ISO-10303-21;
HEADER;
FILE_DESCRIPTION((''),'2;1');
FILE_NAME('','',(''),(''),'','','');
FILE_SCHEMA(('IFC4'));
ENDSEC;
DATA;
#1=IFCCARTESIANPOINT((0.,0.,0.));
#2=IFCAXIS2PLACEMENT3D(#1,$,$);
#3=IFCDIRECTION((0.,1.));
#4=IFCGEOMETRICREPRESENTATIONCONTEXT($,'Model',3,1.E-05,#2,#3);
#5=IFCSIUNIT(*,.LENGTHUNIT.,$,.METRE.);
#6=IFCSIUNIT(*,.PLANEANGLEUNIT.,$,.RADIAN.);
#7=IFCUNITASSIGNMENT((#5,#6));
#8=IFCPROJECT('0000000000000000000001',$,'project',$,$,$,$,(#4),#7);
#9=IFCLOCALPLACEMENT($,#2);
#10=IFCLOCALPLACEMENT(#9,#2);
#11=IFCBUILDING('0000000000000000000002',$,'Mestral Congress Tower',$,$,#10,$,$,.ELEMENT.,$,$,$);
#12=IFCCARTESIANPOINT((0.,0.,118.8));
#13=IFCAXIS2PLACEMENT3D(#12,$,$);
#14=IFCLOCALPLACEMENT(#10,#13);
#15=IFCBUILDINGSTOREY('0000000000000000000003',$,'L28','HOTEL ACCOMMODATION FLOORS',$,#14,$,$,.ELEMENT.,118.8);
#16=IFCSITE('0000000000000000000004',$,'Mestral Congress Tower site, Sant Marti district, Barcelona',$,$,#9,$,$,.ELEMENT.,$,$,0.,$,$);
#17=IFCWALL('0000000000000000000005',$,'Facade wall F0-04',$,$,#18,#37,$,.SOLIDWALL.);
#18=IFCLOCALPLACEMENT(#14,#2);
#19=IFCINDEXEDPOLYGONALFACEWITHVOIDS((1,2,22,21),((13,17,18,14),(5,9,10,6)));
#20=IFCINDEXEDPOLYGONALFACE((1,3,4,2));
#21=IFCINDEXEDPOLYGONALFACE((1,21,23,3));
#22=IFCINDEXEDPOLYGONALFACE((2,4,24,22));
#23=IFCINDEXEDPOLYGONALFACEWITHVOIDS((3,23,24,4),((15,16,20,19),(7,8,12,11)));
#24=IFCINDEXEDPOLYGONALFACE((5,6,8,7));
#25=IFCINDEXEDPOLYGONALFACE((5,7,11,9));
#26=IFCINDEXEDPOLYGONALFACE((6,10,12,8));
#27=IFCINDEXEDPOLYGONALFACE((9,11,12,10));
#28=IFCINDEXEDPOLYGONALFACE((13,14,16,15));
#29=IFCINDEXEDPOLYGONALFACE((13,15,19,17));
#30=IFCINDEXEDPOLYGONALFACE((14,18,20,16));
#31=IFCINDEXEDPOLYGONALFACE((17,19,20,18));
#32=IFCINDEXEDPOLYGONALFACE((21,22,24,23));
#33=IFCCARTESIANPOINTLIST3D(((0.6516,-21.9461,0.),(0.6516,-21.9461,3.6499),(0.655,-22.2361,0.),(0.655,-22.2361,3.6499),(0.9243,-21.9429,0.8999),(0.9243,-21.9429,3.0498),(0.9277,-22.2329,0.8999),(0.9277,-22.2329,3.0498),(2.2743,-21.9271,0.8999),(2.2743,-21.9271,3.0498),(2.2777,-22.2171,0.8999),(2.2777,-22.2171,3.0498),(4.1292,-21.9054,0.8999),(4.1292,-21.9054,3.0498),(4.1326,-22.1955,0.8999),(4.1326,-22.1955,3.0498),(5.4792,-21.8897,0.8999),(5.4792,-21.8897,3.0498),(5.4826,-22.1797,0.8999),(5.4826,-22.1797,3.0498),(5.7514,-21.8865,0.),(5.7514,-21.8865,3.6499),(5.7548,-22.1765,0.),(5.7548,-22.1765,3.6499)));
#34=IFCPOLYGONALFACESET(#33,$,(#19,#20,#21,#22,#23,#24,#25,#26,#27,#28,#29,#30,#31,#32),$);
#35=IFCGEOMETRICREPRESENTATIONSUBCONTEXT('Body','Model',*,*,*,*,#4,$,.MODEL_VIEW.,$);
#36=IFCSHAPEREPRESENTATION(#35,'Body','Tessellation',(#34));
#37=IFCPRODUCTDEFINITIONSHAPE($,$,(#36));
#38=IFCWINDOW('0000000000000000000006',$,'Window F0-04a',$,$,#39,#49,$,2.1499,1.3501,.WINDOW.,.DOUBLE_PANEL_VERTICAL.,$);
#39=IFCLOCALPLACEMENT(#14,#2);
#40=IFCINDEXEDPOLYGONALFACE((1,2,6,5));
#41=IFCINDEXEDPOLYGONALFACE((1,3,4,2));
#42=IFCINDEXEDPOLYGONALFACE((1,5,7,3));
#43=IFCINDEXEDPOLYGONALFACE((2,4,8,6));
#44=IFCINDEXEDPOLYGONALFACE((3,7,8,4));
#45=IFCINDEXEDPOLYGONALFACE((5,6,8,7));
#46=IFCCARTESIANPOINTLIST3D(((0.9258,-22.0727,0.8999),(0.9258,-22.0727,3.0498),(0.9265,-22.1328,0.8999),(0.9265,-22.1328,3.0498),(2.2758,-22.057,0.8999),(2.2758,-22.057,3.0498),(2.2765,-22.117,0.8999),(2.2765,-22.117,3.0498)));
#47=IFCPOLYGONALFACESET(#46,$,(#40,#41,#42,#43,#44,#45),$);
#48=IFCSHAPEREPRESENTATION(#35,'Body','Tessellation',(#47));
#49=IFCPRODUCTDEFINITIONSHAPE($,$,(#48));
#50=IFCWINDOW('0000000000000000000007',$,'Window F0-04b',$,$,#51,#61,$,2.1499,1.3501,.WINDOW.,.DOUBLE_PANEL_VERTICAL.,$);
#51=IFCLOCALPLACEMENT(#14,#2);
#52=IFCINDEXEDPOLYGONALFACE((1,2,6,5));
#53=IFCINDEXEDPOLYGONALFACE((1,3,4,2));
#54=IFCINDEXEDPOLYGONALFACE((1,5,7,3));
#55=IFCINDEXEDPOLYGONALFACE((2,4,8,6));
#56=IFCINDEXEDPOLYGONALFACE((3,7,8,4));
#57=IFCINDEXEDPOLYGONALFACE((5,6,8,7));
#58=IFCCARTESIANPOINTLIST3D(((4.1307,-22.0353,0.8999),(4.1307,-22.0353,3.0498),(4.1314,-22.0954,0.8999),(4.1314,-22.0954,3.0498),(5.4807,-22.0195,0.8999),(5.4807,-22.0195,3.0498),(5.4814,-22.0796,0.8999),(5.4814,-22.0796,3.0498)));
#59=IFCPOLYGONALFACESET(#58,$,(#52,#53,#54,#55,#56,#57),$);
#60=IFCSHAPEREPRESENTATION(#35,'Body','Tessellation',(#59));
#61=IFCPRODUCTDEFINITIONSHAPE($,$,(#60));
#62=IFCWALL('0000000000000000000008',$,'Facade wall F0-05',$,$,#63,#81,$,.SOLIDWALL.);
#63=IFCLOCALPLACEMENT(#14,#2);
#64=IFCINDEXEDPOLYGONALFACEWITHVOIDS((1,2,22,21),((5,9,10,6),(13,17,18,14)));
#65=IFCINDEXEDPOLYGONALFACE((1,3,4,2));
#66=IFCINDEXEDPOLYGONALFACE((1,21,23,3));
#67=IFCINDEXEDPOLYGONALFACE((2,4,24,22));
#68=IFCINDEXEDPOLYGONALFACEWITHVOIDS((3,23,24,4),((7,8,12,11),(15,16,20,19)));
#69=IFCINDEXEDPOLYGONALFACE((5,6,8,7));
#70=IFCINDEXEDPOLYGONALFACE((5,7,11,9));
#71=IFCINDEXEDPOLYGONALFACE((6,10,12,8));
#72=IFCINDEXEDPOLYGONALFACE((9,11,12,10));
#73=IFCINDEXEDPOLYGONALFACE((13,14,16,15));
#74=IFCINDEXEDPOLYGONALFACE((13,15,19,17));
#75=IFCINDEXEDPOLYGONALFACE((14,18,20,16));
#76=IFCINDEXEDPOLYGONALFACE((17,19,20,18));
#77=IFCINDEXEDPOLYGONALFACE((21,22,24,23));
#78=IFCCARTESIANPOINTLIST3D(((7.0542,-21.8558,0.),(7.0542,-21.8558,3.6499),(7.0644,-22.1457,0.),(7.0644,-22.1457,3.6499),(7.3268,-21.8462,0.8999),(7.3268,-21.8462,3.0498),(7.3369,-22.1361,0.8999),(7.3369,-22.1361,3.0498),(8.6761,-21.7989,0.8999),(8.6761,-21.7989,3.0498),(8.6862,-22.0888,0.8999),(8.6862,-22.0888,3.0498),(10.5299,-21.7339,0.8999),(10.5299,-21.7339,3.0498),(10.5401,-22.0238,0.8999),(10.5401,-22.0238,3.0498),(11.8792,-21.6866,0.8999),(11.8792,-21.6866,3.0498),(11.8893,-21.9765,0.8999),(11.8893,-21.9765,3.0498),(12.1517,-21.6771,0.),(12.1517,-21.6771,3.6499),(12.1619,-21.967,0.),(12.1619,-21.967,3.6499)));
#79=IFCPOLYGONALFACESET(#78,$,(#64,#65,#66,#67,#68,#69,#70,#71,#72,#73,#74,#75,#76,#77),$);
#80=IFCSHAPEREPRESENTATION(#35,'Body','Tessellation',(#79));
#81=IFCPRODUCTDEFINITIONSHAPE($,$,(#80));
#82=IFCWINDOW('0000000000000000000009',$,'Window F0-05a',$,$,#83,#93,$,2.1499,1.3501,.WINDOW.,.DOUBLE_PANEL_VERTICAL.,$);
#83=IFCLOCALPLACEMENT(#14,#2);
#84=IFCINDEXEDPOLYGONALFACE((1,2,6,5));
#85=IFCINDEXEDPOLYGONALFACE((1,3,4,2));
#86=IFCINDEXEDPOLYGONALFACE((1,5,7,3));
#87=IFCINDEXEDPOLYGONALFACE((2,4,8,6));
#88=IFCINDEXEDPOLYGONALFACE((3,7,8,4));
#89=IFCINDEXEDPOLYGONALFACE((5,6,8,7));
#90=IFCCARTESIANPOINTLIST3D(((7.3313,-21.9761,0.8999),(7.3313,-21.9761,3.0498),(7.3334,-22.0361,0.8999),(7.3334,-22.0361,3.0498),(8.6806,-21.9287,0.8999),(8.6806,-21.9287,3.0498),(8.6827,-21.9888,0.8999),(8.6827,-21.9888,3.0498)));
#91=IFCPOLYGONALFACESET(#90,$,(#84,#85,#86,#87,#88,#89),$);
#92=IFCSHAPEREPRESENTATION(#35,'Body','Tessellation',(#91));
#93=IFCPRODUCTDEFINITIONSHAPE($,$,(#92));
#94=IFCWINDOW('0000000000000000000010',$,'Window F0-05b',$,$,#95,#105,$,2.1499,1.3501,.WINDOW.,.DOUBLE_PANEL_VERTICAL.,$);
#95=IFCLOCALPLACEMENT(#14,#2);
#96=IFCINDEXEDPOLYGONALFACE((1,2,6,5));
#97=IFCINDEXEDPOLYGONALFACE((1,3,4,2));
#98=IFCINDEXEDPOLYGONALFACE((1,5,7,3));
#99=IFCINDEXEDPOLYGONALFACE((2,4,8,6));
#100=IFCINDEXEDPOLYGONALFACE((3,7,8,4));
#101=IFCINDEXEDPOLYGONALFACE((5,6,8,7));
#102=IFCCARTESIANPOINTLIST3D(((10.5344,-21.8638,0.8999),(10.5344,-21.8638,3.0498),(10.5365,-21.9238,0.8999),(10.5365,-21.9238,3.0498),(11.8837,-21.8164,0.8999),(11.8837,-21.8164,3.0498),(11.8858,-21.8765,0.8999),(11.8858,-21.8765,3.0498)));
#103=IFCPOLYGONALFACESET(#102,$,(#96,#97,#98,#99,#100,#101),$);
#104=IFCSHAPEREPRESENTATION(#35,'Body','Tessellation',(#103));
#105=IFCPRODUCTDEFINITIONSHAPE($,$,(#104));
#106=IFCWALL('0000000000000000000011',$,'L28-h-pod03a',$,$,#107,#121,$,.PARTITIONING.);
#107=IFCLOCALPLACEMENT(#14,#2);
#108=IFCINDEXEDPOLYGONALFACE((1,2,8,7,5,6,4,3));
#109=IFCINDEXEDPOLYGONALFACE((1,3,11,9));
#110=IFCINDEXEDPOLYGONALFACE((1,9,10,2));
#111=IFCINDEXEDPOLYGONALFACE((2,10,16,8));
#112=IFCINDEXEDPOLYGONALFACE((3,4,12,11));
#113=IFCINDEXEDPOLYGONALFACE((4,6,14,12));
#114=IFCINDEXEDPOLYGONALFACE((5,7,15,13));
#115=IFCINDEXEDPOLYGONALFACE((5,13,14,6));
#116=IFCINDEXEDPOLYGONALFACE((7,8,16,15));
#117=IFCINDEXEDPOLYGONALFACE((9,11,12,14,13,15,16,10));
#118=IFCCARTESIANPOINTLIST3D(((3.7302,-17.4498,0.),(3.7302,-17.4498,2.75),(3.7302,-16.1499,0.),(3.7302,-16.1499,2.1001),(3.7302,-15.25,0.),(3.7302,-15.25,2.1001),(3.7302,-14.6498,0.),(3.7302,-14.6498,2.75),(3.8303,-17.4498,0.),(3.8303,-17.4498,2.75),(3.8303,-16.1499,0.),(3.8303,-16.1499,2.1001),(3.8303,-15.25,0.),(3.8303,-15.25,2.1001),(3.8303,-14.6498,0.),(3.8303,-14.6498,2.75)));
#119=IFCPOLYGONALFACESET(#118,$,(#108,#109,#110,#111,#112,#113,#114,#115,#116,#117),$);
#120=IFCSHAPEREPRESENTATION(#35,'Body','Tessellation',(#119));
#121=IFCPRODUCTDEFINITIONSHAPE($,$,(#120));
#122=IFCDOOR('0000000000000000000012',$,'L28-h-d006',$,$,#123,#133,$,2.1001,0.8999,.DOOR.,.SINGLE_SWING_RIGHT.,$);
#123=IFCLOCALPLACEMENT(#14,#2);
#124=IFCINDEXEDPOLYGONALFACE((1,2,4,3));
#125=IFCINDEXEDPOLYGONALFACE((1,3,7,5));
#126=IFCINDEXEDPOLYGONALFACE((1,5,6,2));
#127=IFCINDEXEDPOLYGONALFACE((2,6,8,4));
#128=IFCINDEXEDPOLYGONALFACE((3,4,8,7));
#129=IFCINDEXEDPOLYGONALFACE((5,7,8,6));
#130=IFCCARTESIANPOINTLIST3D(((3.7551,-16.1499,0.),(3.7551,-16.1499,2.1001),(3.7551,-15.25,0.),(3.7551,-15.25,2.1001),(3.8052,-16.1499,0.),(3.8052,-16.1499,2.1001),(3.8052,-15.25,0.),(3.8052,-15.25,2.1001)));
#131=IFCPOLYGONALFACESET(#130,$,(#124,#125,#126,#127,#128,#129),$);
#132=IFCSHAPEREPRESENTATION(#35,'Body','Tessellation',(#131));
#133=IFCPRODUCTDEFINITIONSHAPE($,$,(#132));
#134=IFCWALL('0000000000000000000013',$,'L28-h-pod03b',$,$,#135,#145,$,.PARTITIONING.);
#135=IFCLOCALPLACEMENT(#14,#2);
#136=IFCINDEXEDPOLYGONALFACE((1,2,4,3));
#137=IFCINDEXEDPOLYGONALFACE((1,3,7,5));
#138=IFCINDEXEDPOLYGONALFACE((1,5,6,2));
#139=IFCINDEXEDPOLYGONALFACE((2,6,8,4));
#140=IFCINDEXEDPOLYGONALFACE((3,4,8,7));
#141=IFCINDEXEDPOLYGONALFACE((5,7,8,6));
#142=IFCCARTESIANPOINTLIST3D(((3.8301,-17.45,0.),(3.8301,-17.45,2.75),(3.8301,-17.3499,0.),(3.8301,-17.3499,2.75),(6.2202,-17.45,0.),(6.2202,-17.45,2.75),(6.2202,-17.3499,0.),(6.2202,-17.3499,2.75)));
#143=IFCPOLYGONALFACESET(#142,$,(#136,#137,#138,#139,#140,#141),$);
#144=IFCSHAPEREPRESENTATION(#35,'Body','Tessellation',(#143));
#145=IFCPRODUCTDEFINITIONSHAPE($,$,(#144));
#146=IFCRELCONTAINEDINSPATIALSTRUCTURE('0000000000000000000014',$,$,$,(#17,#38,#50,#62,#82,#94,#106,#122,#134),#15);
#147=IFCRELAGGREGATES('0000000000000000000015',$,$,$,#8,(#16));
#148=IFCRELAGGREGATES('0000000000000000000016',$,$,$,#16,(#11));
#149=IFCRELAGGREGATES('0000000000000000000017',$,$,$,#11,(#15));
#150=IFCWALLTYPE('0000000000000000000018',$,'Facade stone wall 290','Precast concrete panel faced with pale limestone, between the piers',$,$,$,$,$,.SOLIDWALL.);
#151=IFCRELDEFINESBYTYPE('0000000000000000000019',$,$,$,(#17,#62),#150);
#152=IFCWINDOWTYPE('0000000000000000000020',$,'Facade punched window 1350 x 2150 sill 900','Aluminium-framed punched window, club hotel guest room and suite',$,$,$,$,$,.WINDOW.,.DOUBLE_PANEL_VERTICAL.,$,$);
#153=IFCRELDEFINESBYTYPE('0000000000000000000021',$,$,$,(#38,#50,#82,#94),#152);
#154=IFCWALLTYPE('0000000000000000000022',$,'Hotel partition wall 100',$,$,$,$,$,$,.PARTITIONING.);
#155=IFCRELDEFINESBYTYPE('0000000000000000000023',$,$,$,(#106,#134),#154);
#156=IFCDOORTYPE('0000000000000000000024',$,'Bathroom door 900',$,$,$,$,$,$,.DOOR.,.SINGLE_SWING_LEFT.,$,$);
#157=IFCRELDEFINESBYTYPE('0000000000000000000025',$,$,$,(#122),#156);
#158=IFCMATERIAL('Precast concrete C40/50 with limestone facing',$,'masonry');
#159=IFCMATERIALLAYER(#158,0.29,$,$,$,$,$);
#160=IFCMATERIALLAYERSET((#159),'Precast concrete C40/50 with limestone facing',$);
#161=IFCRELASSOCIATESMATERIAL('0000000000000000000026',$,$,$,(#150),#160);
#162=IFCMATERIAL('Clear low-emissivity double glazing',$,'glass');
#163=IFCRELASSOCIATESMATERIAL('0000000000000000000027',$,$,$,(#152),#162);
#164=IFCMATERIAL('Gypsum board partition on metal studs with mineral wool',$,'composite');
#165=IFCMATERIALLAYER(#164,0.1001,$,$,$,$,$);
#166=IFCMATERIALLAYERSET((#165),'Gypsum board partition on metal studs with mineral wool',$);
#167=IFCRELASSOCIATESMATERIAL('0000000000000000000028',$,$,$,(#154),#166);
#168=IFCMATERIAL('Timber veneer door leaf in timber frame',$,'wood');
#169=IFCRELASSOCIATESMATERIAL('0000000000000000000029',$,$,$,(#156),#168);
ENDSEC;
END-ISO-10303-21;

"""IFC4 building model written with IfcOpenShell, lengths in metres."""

from ifc_helpers import new_model, si_unit, direction, frame, frame_2d, origin, place, context, subcontext, project, spatial, rectangle, extrude, material, layer, layer_set, type_object, element, fill, save


model = new_model("IFC4")

# Units and contexts
model_context = context("Model", 3, precision=1e-05, world=origin(), true_north=direction((0.0, 1.0)))
body_context = subcontext(model_context, "Body", "Model", "MODEL_VIEW")
ifc_project = project(units=[si_unit("LENGTHUNIT", "METRE"), si_unit("PLANEANGLEUNIT", "RADIAN")], contexts=[model_context])

# Site, building, storey
site_placement = place(None, origin())
site = spatial("IfcSite", under=ifc_project, at=site_placement, Name="Mestral Congress Tower site, Sant Marti district, Barcelona", CompositionType="ELEMENT", RefElevation=0.0)
building_placement = place(site_placement, origin())
building = spatial("IfcBuilding", under=site, at=building_placement, Name="Mestral Congress Tower", CompositionType="ELEMENT")
storey_placement = place(building_placement, frame((0.0, 0.0, 118.8)))
storey = spatial("IfcBuildingStorey", under=building, at=storey_placement, Name="L28", Description="HOTEL ACCOMMODATION FLOORS", CompositionType="ELEMENT", Elevation=118.8)

# Walls, openings, windows
ifc_material_1 = material(Name="Precast concrete C40/50 with limestone facing", Category="masonry")
ifc_layer_1 = layer(ifc_material_1, 0.29)
ifc_layer_set_1 = layer_set([ifc_layer_1], Name="Precast concrete C40/50 with limestone facing")
wall_type_1 = type_object("IfcWallType", Name="Facade stone wall 290", Description="Precast concrete panel faced with pale limestone, between the piers", PredefinedType="SOLIDWALL", material=ifc_layer_set_1)
wall_1_placement = place(storey_placement, frame((0.6533, -22.0911, 0.0), z_axis=(0.0, 0.0, 1.0), x_axis=(0.999932, 0.01168, 0.0)))
wall_1 = element("IfcWall", 1, at=wall_1_placement, inside=storey, type_object=wall_type_1, Name="Facade wall F0-04", PredefinedType="SOLIDWALL", context=body_context, shape_type="SweptSolid", body=[
    extrude(rectangle(XDim=5.1001, YDim=0.29, at=frame_2d((2.55, 0.0))), origin(), (0.0, 0.0, 1.0), 3.6499),
])
opening_1_placement = place(wall_1_placement, frame((0.2727, 0.0, 0.8999)))
opening_1 = element("IfcOpeningElement", 2, at=opening_1_placement, cuts=wall_1, PredefinedType="OPENING", context=body_context, shape_type="SweptSolid", body=[
    extrude(rectangle(XDim=1.3501, YDim=2.1499, at=frame_2d((0.675, 1.075))), frame((0.0, 0.155, 0.0), z_axis=(0.0, -1.0, 0.0), x_axis=(1.0, 0.0, 0.0)), (0.0, 0.0, 1.0), 0.3101),
])
opening_2_placement = place(wall_1_placement, frame((3.4778, 0.0, 0.8999)))
opening_2 = element("IfcOpeningElement", 3, at=opening_2_placement, cuts=wall_1, PredefinedType="OPENING", context=body_context, shape_type="SweptSolid", body=[
    extrude(rectangle(XDim=1.3501, YDim=2.1499, at=frame_2d((0.675, 1.075))), frame((0.0, 0.155, 0.0), z_axis=(0.0, -1.0, 0.0), x_axis=(1.0, 0.0, 0.0)), (0.0, 0.0, 1.0), 0.3101),
])
ifc_material_2 = material(Name="Clear low-emissivity double glazing", Category="glass")
window_type = type_object("IfcWindowType", Name="Facade punched window 1350 x 2150 sill 900", Description="Aluminium-framed punched window, club hotel guest room and suite", PartitioningType="DOUBLE_PANEL_VERTICAL", PredefinedType="WINDOW", material=ifc_material_2)
window_1_placement = place(opening_1_placement, origin())
window_1 = element("IfcWindow", 4, at=window_1_placement, inside=storey, type_object=window_type, Name="Window F0-04a", OverallHeight=2.1499, OverallWidth=1.3501, PartitioningType="DOUBLE_PANEL_VERTICAL", PredefinedType="WINDOW", context=body_context, shape_type="SweptSolid", body=[
    extrude(rectangle(XDim=1.3501, YDim=2.1499, at=frame_2d((0.675, 1.075))), frame((0.0, 0.0151, 0.0), z_axis=(0.0, -1.0, 0.0), x_axis=(1.0, 0.0, 0.0)), (0.0, 0.0, 1.0), 0.0601),
])
fill(opening_1, window_1)
window_2_placement = place(opening_2_placement, origin())
window_2 = element("IfcWindow", 5, at=window_2_placement, inside=storey, type_object=window_type, Name="Window F0-04b", OverallHeight=2.1499, OverallWidth=1.3501, PartitioningType="DOUBLE_PANEL_VERTICAL", PredefinedType="WINDOW", context=body_context, shape_type="SweptSolid", body=[
    extrude(rectangle(XDim=1.3501, YDim=2.1499, at=frame_2d((0.675, 1.075))), frame((0.0, 0.0151, 0.0), z_axis=(0.0, -1.0, 0.0), x_axis=(1.0, 0.0, 0.0)), (0.0, 0.0, 1.0), 0.0601),
])
fill(opening_2, window_2)
wall_2_placement = place(storey_placement, frame((7.0593, -22.0007, 0.0), z_axis=(0.0, 0.0, 1.0), x_axis=(0.999386, 0.035038, 0.0)))
wall_2 = element("IfcWall", 6, at=wall_2_placement, inside=storey, type_object=wall_type_1, Name="Facade wall F0-05", PredefinedType="SOLIDWALL", context=body_context, shape_type="SweptSolid", body=[
    extrude(rectangle(XDim=5.1006, YDim=0.29, at=frame_2d((2.5503, 0.0))), origin(), (0.0, 0.0, 1.0), 3.6499),
])
opening_3_placement = place(wall_2_placement, frame((0.2727, 0.0, 0.8999)))
opening_3 = element("IfcOpeningElement", 7, at=opening_3_placement, cuts=wall_2, PredefinedType="OPENING", context=body_context, shape_type="SweptSolid", body=[
    extrude(rectangle(XDim=1.3501, YDim=2.1499, at=frame_2d((0.675, 1.075))), frame((0.0, 0.155, 0.0), z_axis=(0.0, -1.0, 0.0), x_axis=(1.0, 0.0, 0.0)), (0.0, 0.0, 1.0), 0.3101),
])
opening_4_placement = place(wall_2_placement, frame((3.4778, 0.0, 0.8999)))
opening_4 = element("IfcOpeningElement", 8, at=opening_4_placement, cuts=wall_2, PredefinedType="OPENING", context=body_context, shape_type="SweptSolid", body=[
    extrude(rectangle(XDim=1.3501, YDim=2.1499, at=frame_2d((0.675, 1.075))), frame((0.0, 0.155, 0.0), z_axis=(0.0, -1.0, 0.0), x_axis=(1.0, 0.0, 0.0)), (0.0, 0.0, 1.0), 0.3101),
])
window_3_placement = place(opening_3_placement, origin())
window_3 = element("IfcWindow", 9, at=window_3_placement, inside=storey, type_object=window_type, Name="Window F0-05a", OverallHeight=2.1499, OverallWidth=1.3501, PartitioningType="DOUBLE_PANEL_VERTICAL", PredefinedType="WINDOW", context=body_context, shape_type="SweptSolid", body=[
    extrude(rectangle(XDim=1.3501, YDim=2.1499, at=frame_2d((0.675, 1.075))), frame((0.0, 0.0151, 0.0), z_axis=(0.0, -1.0, 0.0), x_axis=(1.0, 0.0, 0.0)), (0.0, 0.0, 1.0), 0.0601),
])
fill(opening_3, window_3)
window_4_placement = place(opening_4_placement, origin())
window_4 = element("IfcWindow", 10, at=window_4_placement, inside=storey, type_object=window_type, Name="Window F0-05b", OverallHeight=2.1499, OverallWidth=1.3501, PartitioningType="DOUBLE_PANEL_VERTICAL", PredefinedType="WINDOW", context=body_context, shape_type="SweptSolid", body=[
    extrude(rectangle(XDim=1.3501, YDim=2.1499, at=frame_2d((0.675, 1.075))), frame((0.0, 0.0151, 0.0), z_axis=(0.0, -1.0, 0.0), x_axis=(1.0, 0.0, 0.0)), (0.0, 0.0, 1.0), 0.0601),
])
fill(opening_4, window_4)

# Wall, opening, door
ifc_material_3 = material(Name="Gypsum board partition on metal studs with mineral wool", Category="composite")
ifc_layer_2 = layer(ifc_material_3, 0.1001)
ifc_layer_set_2 = layer_set([ifc_layer_2], Name="Gypsum board partition on metal studs with mineral wool")
wall_type_2 = type_object("IfcWallType", Name="Hotel partition wall 100", PredefinedType="PARTITIONING", material=ifc_layer_set_2)
wall_3_placement = place(storey_placement, frame((3.7803, -14.6499, 0.0), z_axis=(0.0, 0.0, 1.0), x_axis=(0.0, -1.0, 0.0)))
wall_3 = element("IfcWall", 11, at=wall_3_placement, inside=storey, type_object=wall_type_2, Name="L28-h-pod03a", PredefinedType="PARTITIONING", context=body_context, shape_type="SweptSolid", body=[
    extrude(rectangle(XDim=2.8, YDim=0.1001, at=frame_2d((1.3999, 0.0))), origin(), (0.0, 0.0, 1.0), 2.75),
])
opening_5_placement = place(wall_3_placement, frame((0.6001, 0.0, 0.0)))
opening_5 = element("IfcOpeningElement", 12, at=opening_5_placement, cuts=wall_3, PredefinedType="OPENING", context=body_context, shape_type="SweptSolid", body=[
    extrude(rectangle(XDim=0.8999, YDim=2.1001, at=frame_2d((0.45, 1.05))), frame((0.0, 0.0601, 0.0), z_axis=(0.0, -1.0, 0.0), x_axis=(1.0, 0.0, 0.0)), (0.0, 0.0, 1.0), 0.1201),
])
ifc_material_4 = material(Name="Timber veneer door leaf in timber frame", Category="wood")
door_type_1 = type_object("IfcDoorType", Name="Bathroom door 900", OperationType="SINGLE_SWING_LEFT", PredefinedType="DOOR", material=ifc_material_4)
door_1_placement = place(opening_5_placement, origin())
door_1 = element("IfcDoor", 13, at=door_1_placement, inside=storey, type_object=door_type_1, Name="L28-h-d006", OperationType="SINGLE_SWING_RIGHT", OverallHeight=2.1001, OverallWidth=0.8999, PredefinedType="DOOR", context=body_context, shape_type="SweptSolid", body=[
    extrude(rectangle(XDim=0.8999, YDim=2.1001, at=frame_2d((0.45, 1.05))), frame((0.0, 0.0249, 0.0), z_axis=(0.0, -1.0, 0.0), x_axis=(1.0, 0.0, 0.0)), (0.0, 0.0, 1.0), 0.05),
])
fill(opening_5, door_1)

# Wall
wall_4_placement = place(storey_placement, frame((3.8301, -17.3999, 0.0), z_axis=(0.0, 0.0, 1.0), x_axis=(1.0, 0.0, 0.0)))
element("IfcWall", 14, at=wall_4_placement, inside=storey, type_object=wall_type_2, Name="L28-h-pod03b", PredefinedType="PARTITIONING", context=body_context, shape_type="SweptSolid", body=[
    extrude(rectangle(XDim=2.3901, YDim=0.1001, at=frame_2d((1.1951, 0.0))), origin(), (0.0, 0.0, 1.0), 2.75),
])

save(model, "model.ifc")
